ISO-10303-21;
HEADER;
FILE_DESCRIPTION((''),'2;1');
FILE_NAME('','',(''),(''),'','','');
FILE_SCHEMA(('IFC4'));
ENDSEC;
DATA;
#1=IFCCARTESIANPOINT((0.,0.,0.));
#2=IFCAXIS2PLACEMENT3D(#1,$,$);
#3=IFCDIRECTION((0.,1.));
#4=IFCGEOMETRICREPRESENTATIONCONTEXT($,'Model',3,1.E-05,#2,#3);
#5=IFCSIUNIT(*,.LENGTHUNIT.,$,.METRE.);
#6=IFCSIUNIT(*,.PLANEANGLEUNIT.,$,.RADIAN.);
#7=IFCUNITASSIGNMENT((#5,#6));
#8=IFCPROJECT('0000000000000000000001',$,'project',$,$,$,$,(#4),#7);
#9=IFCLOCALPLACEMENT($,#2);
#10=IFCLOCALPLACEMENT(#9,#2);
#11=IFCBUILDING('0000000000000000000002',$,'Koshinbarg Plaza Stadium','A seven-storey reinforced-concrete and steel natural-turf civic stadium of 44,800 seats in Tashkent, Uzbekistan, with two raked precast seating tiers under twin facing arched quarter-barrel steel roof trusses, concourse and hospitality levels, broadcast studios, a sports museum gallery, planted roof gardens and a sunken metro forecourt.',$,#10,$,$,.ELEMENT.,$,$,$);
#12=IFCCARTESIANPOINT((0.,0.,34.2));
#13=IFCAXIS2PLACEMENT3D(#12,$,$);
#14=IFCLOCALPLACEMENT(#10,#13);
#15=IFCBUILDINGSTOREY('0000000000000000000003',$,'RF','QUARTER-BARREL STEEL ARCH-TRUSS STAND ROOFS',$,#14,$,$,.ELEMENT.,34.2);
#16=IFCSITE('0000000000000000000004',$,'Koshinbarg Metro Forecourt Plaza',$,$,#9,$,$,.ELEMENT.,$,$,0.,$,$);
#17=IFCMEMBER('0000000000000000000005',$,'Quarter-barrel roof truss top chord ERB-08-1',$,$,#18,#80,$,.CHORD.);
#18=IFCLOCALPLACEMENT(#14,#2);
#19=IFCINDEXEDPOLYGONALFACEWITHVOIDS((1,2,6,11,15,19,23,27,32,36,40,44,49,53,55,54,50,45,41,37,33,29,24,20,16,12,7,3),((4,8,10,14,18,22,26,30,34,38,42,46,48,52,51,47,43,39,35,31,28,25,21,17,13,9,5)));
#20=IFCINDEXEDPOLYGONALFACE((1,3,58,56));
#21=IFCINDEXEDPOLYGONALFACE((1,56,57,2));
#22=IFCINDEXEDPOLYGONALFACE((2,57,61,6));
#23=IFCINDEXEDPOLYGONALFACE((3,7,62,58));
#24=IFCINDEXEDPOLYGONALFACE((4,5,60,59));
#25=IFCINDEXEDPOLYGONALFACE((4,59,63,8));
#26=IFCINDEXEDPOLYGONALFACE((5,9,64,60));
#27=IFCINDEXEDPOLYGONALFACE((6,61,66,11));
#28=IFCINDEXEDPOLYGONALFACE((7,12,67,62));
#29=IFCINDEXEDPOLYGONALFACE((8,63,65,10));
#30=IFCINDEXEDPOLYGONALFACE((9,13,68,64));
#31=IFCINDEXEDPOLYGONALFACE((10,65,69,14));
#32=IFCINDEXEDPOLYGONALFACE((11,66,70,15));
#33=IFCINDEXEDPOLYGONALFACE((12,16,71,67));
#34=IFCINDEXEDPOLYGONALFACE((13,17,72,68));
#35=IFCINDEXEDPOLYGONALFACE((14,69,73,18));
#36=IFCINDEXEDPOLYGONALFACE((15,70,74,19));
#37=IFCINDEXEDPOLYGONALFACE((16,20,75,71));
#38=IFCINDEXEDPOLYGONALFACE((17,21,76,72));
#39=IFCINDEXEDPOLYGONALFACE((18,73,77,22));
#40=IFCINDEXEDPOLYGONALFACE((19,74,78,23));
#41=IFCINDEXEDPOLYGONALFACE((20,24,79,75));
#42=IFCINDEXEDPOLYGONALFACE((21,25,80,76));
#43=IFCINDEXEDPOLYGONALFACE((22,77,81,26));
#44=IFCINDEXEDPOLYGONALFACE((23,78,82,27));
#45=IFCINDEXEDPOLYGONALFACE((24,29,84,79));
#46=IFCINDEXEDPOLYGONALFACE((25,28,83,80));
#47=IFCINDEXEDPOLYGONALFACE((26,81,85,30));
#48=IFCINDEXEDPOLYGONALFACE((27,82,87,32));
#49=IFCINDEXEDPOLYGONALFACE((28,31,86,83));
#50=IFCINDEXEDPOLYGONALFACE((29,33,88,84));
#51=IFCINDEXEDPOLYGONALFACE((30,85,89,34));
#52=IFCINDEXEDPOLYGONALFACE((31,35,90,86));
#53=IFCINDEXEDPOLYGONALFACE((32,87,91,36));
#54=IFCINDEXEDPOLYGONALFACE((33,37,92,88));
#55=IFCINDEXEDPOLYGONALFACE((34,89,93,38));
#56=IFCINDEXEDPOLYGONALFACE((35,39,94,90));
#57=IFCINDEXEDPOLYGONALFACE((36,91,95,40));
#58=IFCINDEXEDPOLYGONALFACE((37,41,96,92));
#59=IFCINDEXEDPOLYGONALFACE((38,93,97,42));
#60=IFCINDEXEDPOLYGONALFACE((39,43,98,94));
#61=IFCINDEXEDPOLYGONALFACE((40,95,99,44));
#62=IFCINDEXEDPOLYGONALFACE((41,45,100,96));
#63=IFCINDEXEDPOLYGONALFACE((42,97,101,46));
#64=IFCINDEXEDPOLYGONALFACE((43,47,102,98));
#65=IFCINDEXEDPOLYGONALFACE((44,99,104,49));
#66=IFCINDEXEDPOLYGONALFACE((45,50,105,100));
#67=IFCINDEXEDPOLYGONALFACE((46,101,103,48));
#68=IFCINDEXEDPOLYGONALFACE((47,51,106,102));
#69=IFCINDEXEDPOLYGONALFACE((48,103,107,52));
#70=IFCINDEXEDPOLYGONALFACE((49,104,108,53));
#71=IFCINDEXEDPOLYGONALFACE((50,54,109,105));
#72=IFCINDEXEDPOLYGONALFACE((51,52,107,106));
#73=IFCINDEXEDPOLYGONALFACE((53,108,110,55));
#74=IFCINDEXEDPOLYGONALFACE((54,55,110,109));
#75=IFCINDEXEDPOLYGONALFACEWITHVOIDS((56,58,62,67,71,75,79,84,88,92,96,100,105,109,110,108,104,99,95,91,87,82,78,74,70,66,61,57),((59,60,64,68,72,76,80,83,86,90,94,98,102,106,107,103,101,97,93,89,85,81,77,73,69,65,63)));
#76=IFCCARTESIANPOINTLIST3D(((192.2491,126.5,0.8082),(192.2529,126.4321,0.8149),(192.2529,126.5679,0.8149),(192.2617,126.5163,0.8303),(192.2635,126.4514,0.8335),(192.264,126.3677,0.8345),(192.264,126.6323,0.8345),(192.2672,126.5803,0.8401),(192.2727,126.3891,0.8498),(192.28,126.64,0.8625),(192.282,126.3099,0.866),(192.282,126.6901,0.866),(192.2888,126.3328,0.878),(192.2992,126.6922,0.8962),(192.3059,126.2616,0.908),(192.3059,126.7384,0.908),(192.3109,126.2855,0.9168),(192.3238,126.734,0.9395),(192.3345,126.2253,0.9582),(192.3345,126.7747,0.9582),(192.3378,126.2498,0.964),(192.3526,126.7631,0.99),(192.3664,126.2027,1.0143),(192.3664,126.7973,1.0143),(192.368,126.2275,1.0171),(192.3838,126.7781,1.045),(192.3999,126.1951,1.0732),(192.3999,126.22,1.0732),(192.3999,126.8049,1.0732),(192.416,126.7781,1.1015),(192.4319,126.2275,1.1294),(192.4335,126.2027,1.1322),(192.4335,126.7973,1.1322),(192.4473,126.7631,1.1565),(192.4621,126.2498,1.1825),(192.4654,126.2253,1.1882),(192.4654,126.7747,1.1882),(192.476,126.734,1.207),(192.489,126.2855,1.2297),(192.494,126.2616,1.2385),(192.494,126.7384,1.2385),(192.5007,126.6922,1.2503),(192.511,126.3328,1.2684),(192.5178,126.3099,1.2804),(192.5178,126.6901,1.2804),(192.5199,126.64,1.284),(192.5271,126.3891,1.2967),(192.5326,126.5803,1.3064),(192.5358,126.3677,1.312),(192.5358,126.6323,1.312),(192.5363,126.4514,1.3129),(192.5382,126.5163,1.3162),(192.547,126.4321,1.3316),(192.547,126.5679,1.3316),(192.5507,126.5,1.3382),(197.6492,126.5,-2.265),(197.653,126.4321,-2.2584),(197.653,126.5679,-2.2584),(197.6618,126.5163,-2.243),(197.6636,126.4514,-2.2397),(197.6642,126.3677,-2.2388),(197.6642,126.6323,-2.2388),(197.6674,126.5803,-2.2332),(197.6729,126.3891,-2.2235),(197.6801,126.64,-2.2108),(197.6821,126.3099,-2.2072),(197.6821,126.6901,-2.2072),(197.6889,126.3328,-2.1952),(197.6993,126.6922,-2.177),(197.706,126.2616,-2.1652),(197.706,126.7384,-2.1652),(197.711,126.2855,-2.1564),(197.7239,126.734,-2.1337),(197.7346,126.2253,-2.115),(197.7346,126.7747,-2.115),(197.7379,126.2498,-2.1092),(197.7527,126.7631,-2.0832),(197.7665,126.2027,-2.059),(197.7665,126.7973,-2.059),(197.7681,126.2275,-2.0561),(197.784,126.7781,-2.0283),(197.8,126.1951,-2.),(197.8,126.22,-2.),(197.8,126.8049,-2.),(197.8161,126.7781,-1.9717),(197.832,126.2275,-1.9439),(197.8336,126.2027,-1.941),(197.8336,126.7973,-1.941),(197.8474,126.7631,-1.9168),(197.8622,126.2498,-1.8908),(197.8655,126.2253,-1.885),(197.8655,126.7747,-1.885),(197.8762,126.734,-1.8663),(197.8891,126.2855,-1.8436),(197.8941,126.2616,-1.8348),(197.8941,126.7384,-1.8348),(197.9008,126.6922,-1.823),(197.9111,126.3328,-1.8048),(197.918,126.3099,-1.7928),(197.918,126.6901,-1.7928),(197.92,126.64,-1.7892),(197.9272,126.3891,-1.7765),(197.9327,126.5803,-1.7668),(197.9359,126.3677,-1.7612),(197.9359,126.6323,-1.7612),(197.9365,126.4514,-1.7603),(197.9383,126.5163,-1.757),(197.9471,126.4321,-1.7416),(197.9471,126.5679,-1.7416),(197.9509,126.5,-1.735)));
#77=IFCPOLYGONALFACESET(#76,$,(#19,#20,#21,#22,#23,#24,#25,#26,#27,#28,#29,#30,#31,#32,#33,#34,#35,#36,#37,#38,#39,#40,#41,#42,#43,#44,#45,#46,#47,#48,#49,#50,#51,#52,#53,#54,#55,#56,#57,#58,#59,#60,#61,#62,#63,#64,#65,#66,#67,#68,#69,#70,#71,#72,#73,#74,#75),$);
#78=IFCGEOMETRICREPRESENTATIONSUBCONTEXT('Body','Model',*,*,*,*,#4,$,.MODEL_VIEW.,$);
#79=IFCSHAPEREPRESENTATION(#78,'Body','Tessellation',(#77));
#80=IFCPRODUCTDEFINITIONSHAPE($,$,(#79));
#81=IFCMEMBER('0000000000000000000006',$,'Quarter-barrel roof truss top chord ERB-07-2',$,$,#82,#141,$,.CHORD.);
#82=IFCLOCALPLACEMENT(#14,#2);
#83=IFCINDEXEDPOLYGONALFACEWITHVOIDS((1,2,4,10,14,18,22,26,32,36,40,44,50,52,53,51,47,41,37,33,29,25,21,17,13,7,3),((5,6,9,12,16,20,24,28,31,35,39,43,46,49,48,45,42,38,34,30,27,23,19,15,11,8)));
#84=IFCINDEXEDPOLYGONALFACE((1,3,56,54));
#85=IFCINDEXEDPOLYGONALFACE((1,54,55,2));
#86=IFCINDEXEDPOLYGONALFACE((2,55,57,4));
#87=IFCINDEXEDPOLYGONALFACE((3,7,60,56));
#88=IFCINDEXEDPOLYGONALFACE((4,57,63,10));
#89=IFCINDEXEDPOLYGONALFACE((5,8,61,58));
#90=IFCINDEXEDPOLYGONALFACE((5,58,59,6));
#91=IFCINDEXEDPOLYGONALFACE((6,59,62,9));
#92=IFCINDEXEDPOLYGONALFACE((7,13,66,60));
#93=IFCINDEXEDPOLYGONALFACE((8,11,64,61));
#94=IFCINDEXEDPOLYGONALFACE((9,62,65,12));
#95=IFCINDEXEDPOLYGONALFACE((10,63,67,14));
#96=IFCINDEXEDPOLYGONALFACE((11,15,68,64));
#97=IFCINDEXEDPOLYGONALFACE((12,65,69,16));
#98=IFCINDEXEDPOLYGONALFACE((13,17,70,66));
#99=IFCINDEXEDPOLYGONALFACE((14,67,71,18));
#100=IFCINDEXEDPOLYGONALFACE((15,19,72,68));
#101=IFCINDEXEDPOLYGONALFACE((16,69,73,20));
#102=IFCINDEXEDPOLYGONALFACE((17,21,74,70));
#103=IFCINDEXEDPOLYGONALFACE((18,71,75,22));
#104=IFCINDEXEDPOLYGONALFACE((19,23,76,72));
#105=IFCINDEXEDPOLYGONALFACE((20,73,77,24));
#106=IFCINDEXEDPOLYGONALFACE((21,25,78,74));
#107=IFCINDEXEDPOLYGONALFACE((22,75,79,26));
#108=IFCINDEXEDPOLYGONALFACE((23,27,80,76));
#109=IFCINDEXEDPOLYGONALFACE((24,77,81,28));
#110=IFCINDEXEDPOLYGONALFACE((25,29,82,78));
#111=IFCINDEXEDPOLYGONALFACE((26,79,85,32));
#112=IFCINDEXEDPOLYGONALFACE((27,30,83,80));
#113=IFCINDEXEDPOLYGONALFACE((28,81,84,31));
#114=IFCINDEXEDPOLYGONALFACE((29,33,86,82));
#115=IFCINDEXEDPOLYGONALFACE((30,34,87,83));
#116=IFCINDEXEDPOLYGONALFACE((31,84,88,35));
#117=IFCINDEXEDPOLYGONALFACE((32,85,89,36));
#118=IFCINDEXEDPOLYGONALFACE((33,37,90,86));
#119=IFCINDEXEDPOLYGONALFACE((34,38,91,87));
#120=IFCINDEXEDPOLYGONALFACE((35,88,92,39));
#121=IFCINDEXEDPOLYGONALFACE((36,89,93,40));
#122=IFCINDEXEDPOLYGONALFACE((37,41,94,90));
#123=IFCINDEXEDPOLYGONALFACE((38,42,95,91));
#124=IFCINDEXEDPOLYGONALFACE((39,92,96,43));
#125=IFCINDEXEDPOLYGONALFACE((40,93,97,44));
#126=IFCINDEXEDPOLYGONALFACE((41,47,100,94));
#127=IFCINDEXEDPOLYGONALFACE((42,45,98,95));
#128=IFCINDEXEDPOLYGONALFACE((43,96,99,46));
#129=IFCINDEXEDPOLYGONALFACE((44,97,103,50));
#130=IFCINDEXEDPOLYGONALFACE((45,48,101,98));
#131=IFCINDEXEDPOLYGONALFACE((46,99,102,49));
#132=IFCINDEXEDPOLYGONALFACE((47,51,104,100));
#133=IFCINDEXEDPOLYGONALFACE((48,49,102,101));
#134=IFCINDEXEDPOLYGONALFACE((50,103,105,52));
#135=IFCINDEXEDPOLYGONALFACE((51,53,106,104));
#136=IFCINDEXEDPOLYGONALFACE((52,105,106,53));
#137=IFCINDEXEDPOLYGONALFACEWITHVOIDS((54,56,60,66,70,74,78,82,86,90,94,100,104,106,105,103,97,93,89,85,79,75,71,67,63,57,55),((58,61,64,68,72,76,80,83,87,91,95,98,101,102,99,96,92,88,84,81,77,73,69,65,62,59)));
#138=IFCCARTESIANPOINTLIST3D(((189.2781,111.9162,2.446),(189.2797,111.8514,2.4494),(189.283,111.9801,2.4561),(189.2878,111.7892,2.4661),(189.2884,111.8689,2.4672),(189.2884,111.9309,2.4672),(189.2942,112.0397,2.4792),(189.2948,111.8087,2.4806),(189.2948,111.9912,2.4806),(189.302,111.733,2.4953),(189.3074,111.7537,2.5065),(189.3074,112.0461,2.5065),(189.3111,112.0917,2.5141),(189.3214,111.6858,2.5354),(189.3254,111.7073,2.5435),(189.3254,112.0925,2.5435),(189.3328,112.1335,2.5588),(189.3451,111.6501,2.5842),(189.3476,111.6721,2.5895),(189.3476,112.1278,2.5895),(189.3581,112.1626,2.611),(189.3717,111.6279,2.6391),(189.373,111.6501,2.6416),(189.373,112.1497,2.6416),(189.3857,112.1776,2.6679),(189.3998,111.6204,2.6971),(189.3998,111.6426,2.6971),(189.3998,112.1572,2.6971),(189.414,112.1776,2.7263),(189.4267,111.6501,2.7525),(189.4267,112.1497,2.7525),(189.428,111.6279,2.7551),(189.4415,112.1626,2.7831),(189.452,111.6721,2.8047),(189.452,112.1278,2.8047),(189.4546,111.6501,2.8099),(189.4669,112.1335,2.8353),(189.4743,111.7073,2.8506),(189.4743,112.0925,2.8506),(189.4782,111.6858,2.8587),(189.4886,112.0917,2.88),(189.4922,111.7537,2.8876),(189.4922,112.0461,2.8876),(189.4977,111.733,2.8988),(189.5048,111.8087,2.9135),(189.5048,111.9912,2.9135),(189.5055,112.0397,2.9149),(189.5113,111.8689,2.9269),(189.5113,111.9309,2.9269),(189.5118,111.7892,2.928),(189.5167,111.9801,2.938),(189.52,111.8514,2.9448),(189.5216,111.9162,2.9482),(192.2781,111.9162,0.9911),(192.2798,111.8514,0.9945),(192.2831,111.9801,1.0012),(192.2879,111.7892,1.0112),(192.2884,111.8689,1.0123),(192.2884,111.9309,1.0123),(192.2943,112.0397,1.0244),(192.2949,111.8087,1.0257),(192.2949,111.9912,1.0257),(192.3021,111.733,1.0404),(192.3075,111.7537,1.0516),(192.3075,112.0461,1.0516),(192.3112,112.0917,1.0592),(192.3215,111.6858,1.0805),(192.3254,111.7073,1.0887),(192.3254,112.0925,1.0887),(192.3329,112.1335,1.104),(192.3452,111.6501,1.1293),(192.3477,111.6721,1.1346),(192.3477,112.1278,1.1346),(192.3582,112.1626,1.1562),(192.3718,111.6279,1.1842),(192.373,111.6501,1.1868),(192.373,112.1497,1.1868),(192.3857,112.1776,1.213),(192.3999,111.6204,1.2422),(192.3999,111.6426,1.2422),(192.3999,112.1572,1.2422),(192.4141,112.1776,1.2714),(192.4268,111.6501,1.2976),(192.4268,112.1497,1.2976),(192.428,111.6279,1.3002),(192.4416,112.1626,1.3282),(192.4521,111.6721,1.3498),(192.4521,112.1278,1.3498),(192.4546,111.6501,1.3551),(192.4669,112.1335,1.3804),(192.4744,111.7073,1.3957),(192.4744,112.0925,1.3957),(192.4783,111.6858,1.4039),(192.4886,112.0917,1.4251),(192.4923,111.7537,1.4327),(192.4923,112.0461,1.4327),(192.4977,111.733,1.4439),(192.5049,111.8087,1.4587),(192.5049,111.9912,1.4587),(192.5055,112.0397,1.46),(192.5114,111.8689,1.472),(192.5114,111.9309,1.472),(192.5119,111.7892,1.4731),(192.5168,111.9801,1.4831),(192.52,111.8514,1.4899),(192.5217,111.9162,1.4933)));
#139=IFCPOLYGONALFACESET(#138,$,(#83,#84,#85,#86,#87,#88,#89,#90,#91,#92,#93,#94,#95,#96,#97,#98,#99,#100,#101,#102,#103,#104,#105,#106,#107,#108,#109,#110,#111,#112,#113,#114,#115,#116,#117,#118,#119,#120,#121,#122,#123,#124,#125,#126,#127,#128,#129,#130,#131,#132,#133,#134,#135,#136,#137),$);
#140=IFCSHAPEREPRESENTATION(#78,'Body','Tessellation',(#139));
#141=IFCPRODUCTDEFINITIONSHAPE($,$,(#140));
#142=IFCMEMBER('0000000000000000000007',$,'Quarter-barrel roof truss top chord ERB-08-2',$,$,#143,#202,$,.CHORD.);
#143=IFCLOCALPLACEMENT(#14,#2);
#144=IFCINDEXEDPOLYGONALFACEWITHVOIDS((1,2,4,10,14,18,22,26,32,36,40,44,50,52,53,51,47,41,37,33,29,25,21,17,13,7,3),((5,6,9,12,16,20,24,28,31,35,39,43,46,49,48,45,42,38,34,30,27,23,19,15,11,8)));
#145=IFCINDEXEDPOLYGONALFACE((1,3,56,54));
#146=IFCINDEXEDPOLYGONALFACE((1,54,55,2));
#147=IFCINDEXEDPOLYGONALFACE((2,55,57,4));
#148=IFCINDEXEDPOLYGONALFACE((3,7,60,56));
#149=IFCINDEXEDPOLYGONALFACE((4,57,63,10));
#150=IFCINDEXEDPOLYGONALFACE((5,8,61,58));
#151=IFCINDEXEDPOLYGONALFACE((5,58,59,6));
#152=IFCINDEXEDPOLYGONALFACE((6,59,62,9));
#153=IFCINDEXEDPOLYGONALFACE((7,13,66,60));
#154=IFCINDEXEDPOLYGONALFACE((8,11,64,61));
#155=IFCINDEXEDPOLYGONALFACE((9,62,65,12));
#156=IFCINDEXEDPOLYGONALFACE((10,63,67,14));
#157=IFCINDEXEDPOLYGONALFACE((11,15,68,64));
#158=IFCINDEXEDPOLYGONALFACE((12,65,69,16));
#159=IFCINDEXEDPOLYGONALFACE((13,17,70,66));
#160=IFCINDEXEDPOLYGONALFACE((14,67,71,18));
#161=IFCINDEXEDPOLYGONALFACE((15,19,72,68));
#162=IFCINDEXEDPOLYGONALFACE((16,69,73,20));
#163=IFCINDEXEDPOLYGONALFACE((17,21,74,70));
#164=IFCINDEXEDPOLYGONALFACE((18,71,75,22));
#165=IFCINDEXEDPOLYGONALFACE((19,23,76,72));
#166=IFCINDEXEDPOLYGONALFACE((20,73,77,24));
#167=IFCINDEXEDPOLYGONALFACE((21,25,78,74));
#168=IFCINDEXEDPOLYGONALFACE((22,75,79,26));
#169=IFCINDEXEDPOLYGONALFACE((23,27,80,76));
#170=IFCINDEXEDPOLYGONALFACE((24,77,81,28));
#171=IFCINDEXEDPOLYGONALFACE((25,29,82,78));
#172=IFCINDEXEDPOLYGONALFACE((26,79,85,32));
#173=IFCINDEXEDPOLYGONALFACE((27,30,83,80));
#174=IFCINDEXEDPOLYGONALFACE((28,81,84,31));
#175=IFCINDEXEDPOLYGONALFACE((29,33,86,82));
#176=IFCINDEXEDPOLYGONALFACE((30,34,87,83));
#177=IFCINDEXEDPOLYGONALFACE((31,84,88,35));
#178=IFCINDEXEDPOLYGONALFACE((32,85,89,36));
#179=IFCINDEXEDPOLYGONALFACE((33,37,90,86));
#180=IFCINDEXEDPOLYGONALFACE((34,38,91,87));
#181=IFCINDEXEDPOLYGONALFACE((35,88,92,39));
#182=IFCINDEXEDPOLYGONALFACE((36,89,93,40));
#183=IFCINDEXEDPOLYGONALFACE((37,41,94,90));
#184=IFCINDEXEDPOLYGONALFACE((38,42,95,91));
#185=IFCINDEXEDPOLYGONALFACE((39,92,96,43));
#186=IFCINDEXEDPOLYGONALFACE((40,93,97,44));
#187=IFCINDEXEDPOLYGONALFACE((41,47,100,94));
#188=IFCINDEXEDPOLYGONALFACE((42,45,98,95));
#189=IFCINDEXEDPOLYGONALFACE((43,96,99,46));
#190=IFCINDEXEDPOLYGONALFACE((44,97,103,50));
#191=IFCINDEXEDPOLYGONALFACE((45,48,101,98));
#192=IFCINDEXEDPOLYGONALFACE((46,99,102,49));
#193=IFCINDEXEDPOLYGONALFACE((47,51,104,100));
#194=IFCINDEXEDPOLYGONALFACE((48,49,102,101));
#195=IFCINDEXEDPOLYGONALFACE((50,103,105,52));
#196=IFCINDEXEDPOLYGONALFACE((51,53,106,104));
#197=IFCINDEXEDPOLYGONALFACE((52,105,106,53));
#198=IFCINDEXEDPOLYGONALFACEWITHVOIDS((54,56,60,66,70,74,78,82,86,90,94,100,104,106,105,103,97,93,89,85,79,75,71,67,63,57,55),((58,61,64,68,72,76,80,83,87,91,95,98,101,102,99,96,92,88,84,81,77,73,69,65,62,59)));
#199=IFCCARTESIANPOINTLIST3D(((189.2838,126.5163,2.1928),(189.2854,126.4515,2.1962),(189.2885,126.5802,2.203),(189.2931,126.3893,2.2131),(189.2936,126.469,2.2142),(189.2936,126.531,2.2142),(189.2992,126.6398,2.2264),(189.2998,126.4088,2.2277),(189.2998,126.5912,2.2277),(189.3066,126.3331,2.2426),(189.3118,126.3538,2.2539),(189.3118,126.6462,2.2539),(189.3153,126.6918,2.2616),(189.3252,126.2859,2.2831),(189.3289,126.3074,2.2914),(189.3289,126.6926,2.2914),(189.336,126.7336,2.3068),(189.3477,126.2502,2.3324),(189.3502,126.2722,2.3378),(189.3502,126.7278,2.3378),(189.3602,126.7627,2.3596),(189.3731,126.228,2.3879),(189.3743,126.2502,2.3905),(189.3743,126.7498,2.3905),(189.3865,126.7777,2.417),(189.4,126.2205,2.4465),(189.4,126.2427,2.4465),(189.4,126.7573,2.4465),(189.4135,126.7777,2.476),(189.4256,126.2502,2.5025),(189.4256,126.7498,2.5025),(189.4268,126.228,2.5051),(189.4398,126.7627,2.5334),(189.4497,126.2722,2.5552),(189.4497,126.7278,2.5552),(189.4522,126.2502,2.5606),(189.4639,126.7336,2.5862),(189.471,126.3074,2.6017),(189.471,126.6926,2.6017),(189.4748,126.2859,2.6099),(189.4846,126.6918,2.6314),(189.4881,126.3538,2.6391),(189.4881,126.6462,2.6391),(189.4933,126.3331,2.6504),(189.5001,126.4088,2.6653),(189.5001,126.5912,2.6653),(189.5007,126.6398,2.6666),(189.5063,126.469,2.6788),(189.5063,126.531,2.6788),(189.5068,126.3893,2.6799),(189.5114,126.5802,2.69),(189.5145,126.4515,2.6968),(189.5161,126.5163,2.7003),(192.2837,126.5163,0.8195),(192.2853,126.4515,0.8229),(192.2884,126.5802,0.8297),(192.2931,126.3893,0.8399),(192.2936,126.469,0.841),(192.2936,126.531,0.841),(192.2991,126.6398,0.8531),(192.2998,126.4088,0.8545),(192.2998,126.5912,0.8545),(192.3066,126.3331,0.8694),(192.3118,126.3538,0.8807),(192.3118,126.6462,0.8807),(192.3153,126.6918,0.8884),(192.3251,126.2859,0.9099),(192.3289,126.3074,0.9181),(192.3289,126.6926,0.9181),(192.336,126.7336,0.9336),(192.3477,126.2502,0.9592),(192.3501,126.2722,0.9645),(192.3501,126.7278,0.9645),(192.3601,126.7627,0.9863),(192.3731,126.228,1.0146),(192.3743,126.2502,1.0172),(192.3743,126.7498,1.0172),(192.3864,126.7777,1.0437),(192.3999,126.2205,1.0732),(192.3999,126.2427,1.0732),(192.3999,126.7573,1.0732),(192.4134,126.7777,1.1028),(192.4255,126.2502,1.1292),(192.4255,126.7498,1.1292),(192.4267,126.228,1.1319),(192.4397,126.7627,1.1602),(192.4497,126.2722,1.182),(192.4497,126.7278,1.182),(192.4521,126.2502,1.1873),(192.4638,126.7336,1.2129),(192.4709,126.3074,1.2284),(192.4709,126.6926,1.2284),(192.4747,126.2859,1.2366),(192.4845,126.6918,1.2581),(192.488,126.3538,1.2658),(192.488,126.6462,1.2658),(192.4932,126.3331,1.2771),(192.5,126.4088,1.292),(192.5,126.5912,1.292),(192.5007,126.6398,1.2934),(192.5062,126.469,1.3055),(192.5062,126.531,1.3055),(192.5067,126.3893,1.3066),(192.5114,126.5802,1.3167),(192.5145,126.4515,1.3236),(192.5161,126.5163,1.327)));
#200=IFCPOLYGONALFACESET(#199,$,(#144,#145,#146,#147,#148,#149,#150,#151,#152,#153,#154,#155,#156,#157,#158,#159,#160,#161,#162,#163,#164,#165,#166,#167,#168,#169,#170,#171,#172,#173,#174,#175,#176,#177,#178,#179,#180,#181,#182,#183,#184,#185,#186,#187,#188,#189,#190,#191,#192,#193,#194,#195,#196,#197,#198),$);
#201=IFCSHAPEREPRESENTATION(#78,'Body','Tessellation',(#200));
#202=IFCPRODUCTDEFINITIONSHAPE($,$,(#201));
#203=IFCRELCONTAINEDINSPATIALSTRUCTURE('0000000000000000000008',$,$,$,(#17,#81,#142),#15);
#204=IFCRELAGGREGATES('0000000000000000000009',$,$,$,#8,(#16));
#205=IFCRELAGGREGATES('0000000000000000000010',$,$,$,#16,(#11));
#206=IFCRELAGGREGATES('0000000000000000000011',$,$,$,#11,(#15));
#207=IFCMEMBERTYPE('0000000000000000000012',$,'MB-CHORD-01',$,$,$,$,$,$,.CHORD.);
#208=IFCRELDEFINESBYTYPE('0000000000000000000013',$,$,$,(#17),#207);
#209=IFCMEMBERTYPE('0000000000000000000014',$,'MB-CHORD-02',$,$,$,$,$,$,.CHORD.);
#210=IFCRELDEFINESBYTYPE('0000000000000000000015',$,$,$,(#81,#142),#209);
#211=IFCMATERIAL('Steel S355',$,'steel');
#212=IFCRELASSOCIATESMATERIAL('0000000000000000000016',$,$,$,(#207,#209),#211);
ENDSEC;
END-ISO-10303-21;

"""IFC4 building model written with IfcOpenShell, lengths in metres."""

from ifc_helpers import new_model, si_unit, direction, frame, origin, origin_2d, place, context, subcontext, project, spatial, hollow_circle, extrude, material, material_profile, profile_set, type_object, element, save


model = new_model("IFC4")

# Units and contexts
model_context = context("Model", 3, precision=1e-05, world=origin(), true_north=direction((0.0, 1.0)))
body_context = subcontext(model_context, "Body", "Model", "MODEL_VIEW")
ifc_project = project(units=[si_unit("LENGTHUNIT", "METRE"), si_unit("PLANEANGLEUNIT", "RADIAN")], contexts=[model_context])

# Site, building, storey
site_placement = place(None, origin())
site = spatial("IfcSite", under=ifc_project, at=site_placement, Name="Koshinbarg Metro Forecourt Plaza", CompositionType="ELEMENT", RefElevation=0.0)
building_placement = place(site_placement, origin())
building = spatial("IfcBuilding", under=site, at=building_placement, Name="Koshinbarg Plaza Stadium", Description="A seven-storey reinforced-concrete and steel natural-turf civic stadium of 44,800 seats in Tashkent, Uzbekistan, with two raked precast seating tiers under twin facing arched quarter-barrel steel roof trusses, concourse and hospitality levels, broadcast studios, a sports museum gallery, planted roof gardens and a sunken metro forecourt.", CompositionType="ELEMENT")
storey_placement = place(building_placement, frame((0.0, 0.0, 34.2)))
storey = spatial("IfcBuildingStorey", under=building, at=storey_placement, Name="RF", Description="QUARTER-BARREL STEEL ARCH-TRUSS STAND ROOFS", CompositionType="ELEMENT", Elevation=34.2)

# Members
ifc_material_1 = material(Name="Steel S355", Category="steel")
ifc_material_profile_1 = material_profile(ifc_material_1, hollow_circle(Radius=0.3049, WallThickness=0.0249, at=origin_2d()), Name="CHS 610x25")
ifc_profile_set_1 = profile_set([ifc_material_profile_1], Name="Steel S355")
member_type_1 = type_object("IfcMemberType", Name="MB-CHORD-01", PredefinedType="CHORD", material=ifc_profile_set_1)
member_1_placement = place(storey_placement, frame((197.8, 126.5, -2.0), z_axis=(-0.869112, 0.0, 0.494615), x_axis=(0.0, -1.0, 0.0)))
element("IfcMember", 1, at=member_1_placement, inside=storey, type_object=member_type_1, Name="Quarter-barrel roof truss top chord ERB-08-1", PredefinedType="CHORD", context=body_context, shape_type="SweptSolid", body=[
    extrude(hollow_circle(Radius=0.3049, WallThickness=0.0249, at=origin_2d()), origin(), (0.0, 0.0, 1.0), 6.2134),
])
ifc_material_profile_2 = material_profile(ifc_material_1, hollow_circle(Radius=0.2795, WallThickness=0.0222, at=origin_2d()), Name="CHS 559x22.2")
ifc_profile_set_2 = profile_set([ifc_material_profile_2], Name="Steel S355")
member_type_2 = type_object("IfcMemberType", Name="MB-CHORD-02", PredefinedType="CHORD", material=ifc_profile_set_2)
member_2_placement = place(storey_placement, frame((192.3999, 111.8999, 1.2422), z_axis=(-0.89978, 0.0, 0.436344), x_axis=(0.0, -1.0, 0.0)))
element("IfcMember", 2, at=member_2_placement, inside=storey, type_object=member_type_2, Name="Quarter-barrel roof truss top chord ERB-07-2", PredefinedType="CHORD", context=body_context, shape_type="SweptSolid", body=[
    extrude(hollow_circle(Radius=0.2795, WallThickness=0.0222, at=origin_2d()), origin(), (0.0, 0.0, 1.0), 3.3342),
])
member_3_placement = place(storey_placement, frame((192.3999, 126.5, 1.0732), z_axis=(-0.909261, 0.0, 0.416227), x_axis=(0.0, -1.0, 0.0)))
element("IfcMember", 3, at=member_3_placement, inside=storey, type_object=member_type_2, Name="Quarter-barrel roof truss top chord ERB-08-2", PredefinedType="CHORD", context=body_context, shape_type="SweptSolid", body=[
    extrude(hollow_circle(Radius=0.2795, WallThickness=0.0222, at=origin_2d()), origin(), (0.0, 0.0, 1.0), 3.2993),
])

save(model, "model.ifc")
